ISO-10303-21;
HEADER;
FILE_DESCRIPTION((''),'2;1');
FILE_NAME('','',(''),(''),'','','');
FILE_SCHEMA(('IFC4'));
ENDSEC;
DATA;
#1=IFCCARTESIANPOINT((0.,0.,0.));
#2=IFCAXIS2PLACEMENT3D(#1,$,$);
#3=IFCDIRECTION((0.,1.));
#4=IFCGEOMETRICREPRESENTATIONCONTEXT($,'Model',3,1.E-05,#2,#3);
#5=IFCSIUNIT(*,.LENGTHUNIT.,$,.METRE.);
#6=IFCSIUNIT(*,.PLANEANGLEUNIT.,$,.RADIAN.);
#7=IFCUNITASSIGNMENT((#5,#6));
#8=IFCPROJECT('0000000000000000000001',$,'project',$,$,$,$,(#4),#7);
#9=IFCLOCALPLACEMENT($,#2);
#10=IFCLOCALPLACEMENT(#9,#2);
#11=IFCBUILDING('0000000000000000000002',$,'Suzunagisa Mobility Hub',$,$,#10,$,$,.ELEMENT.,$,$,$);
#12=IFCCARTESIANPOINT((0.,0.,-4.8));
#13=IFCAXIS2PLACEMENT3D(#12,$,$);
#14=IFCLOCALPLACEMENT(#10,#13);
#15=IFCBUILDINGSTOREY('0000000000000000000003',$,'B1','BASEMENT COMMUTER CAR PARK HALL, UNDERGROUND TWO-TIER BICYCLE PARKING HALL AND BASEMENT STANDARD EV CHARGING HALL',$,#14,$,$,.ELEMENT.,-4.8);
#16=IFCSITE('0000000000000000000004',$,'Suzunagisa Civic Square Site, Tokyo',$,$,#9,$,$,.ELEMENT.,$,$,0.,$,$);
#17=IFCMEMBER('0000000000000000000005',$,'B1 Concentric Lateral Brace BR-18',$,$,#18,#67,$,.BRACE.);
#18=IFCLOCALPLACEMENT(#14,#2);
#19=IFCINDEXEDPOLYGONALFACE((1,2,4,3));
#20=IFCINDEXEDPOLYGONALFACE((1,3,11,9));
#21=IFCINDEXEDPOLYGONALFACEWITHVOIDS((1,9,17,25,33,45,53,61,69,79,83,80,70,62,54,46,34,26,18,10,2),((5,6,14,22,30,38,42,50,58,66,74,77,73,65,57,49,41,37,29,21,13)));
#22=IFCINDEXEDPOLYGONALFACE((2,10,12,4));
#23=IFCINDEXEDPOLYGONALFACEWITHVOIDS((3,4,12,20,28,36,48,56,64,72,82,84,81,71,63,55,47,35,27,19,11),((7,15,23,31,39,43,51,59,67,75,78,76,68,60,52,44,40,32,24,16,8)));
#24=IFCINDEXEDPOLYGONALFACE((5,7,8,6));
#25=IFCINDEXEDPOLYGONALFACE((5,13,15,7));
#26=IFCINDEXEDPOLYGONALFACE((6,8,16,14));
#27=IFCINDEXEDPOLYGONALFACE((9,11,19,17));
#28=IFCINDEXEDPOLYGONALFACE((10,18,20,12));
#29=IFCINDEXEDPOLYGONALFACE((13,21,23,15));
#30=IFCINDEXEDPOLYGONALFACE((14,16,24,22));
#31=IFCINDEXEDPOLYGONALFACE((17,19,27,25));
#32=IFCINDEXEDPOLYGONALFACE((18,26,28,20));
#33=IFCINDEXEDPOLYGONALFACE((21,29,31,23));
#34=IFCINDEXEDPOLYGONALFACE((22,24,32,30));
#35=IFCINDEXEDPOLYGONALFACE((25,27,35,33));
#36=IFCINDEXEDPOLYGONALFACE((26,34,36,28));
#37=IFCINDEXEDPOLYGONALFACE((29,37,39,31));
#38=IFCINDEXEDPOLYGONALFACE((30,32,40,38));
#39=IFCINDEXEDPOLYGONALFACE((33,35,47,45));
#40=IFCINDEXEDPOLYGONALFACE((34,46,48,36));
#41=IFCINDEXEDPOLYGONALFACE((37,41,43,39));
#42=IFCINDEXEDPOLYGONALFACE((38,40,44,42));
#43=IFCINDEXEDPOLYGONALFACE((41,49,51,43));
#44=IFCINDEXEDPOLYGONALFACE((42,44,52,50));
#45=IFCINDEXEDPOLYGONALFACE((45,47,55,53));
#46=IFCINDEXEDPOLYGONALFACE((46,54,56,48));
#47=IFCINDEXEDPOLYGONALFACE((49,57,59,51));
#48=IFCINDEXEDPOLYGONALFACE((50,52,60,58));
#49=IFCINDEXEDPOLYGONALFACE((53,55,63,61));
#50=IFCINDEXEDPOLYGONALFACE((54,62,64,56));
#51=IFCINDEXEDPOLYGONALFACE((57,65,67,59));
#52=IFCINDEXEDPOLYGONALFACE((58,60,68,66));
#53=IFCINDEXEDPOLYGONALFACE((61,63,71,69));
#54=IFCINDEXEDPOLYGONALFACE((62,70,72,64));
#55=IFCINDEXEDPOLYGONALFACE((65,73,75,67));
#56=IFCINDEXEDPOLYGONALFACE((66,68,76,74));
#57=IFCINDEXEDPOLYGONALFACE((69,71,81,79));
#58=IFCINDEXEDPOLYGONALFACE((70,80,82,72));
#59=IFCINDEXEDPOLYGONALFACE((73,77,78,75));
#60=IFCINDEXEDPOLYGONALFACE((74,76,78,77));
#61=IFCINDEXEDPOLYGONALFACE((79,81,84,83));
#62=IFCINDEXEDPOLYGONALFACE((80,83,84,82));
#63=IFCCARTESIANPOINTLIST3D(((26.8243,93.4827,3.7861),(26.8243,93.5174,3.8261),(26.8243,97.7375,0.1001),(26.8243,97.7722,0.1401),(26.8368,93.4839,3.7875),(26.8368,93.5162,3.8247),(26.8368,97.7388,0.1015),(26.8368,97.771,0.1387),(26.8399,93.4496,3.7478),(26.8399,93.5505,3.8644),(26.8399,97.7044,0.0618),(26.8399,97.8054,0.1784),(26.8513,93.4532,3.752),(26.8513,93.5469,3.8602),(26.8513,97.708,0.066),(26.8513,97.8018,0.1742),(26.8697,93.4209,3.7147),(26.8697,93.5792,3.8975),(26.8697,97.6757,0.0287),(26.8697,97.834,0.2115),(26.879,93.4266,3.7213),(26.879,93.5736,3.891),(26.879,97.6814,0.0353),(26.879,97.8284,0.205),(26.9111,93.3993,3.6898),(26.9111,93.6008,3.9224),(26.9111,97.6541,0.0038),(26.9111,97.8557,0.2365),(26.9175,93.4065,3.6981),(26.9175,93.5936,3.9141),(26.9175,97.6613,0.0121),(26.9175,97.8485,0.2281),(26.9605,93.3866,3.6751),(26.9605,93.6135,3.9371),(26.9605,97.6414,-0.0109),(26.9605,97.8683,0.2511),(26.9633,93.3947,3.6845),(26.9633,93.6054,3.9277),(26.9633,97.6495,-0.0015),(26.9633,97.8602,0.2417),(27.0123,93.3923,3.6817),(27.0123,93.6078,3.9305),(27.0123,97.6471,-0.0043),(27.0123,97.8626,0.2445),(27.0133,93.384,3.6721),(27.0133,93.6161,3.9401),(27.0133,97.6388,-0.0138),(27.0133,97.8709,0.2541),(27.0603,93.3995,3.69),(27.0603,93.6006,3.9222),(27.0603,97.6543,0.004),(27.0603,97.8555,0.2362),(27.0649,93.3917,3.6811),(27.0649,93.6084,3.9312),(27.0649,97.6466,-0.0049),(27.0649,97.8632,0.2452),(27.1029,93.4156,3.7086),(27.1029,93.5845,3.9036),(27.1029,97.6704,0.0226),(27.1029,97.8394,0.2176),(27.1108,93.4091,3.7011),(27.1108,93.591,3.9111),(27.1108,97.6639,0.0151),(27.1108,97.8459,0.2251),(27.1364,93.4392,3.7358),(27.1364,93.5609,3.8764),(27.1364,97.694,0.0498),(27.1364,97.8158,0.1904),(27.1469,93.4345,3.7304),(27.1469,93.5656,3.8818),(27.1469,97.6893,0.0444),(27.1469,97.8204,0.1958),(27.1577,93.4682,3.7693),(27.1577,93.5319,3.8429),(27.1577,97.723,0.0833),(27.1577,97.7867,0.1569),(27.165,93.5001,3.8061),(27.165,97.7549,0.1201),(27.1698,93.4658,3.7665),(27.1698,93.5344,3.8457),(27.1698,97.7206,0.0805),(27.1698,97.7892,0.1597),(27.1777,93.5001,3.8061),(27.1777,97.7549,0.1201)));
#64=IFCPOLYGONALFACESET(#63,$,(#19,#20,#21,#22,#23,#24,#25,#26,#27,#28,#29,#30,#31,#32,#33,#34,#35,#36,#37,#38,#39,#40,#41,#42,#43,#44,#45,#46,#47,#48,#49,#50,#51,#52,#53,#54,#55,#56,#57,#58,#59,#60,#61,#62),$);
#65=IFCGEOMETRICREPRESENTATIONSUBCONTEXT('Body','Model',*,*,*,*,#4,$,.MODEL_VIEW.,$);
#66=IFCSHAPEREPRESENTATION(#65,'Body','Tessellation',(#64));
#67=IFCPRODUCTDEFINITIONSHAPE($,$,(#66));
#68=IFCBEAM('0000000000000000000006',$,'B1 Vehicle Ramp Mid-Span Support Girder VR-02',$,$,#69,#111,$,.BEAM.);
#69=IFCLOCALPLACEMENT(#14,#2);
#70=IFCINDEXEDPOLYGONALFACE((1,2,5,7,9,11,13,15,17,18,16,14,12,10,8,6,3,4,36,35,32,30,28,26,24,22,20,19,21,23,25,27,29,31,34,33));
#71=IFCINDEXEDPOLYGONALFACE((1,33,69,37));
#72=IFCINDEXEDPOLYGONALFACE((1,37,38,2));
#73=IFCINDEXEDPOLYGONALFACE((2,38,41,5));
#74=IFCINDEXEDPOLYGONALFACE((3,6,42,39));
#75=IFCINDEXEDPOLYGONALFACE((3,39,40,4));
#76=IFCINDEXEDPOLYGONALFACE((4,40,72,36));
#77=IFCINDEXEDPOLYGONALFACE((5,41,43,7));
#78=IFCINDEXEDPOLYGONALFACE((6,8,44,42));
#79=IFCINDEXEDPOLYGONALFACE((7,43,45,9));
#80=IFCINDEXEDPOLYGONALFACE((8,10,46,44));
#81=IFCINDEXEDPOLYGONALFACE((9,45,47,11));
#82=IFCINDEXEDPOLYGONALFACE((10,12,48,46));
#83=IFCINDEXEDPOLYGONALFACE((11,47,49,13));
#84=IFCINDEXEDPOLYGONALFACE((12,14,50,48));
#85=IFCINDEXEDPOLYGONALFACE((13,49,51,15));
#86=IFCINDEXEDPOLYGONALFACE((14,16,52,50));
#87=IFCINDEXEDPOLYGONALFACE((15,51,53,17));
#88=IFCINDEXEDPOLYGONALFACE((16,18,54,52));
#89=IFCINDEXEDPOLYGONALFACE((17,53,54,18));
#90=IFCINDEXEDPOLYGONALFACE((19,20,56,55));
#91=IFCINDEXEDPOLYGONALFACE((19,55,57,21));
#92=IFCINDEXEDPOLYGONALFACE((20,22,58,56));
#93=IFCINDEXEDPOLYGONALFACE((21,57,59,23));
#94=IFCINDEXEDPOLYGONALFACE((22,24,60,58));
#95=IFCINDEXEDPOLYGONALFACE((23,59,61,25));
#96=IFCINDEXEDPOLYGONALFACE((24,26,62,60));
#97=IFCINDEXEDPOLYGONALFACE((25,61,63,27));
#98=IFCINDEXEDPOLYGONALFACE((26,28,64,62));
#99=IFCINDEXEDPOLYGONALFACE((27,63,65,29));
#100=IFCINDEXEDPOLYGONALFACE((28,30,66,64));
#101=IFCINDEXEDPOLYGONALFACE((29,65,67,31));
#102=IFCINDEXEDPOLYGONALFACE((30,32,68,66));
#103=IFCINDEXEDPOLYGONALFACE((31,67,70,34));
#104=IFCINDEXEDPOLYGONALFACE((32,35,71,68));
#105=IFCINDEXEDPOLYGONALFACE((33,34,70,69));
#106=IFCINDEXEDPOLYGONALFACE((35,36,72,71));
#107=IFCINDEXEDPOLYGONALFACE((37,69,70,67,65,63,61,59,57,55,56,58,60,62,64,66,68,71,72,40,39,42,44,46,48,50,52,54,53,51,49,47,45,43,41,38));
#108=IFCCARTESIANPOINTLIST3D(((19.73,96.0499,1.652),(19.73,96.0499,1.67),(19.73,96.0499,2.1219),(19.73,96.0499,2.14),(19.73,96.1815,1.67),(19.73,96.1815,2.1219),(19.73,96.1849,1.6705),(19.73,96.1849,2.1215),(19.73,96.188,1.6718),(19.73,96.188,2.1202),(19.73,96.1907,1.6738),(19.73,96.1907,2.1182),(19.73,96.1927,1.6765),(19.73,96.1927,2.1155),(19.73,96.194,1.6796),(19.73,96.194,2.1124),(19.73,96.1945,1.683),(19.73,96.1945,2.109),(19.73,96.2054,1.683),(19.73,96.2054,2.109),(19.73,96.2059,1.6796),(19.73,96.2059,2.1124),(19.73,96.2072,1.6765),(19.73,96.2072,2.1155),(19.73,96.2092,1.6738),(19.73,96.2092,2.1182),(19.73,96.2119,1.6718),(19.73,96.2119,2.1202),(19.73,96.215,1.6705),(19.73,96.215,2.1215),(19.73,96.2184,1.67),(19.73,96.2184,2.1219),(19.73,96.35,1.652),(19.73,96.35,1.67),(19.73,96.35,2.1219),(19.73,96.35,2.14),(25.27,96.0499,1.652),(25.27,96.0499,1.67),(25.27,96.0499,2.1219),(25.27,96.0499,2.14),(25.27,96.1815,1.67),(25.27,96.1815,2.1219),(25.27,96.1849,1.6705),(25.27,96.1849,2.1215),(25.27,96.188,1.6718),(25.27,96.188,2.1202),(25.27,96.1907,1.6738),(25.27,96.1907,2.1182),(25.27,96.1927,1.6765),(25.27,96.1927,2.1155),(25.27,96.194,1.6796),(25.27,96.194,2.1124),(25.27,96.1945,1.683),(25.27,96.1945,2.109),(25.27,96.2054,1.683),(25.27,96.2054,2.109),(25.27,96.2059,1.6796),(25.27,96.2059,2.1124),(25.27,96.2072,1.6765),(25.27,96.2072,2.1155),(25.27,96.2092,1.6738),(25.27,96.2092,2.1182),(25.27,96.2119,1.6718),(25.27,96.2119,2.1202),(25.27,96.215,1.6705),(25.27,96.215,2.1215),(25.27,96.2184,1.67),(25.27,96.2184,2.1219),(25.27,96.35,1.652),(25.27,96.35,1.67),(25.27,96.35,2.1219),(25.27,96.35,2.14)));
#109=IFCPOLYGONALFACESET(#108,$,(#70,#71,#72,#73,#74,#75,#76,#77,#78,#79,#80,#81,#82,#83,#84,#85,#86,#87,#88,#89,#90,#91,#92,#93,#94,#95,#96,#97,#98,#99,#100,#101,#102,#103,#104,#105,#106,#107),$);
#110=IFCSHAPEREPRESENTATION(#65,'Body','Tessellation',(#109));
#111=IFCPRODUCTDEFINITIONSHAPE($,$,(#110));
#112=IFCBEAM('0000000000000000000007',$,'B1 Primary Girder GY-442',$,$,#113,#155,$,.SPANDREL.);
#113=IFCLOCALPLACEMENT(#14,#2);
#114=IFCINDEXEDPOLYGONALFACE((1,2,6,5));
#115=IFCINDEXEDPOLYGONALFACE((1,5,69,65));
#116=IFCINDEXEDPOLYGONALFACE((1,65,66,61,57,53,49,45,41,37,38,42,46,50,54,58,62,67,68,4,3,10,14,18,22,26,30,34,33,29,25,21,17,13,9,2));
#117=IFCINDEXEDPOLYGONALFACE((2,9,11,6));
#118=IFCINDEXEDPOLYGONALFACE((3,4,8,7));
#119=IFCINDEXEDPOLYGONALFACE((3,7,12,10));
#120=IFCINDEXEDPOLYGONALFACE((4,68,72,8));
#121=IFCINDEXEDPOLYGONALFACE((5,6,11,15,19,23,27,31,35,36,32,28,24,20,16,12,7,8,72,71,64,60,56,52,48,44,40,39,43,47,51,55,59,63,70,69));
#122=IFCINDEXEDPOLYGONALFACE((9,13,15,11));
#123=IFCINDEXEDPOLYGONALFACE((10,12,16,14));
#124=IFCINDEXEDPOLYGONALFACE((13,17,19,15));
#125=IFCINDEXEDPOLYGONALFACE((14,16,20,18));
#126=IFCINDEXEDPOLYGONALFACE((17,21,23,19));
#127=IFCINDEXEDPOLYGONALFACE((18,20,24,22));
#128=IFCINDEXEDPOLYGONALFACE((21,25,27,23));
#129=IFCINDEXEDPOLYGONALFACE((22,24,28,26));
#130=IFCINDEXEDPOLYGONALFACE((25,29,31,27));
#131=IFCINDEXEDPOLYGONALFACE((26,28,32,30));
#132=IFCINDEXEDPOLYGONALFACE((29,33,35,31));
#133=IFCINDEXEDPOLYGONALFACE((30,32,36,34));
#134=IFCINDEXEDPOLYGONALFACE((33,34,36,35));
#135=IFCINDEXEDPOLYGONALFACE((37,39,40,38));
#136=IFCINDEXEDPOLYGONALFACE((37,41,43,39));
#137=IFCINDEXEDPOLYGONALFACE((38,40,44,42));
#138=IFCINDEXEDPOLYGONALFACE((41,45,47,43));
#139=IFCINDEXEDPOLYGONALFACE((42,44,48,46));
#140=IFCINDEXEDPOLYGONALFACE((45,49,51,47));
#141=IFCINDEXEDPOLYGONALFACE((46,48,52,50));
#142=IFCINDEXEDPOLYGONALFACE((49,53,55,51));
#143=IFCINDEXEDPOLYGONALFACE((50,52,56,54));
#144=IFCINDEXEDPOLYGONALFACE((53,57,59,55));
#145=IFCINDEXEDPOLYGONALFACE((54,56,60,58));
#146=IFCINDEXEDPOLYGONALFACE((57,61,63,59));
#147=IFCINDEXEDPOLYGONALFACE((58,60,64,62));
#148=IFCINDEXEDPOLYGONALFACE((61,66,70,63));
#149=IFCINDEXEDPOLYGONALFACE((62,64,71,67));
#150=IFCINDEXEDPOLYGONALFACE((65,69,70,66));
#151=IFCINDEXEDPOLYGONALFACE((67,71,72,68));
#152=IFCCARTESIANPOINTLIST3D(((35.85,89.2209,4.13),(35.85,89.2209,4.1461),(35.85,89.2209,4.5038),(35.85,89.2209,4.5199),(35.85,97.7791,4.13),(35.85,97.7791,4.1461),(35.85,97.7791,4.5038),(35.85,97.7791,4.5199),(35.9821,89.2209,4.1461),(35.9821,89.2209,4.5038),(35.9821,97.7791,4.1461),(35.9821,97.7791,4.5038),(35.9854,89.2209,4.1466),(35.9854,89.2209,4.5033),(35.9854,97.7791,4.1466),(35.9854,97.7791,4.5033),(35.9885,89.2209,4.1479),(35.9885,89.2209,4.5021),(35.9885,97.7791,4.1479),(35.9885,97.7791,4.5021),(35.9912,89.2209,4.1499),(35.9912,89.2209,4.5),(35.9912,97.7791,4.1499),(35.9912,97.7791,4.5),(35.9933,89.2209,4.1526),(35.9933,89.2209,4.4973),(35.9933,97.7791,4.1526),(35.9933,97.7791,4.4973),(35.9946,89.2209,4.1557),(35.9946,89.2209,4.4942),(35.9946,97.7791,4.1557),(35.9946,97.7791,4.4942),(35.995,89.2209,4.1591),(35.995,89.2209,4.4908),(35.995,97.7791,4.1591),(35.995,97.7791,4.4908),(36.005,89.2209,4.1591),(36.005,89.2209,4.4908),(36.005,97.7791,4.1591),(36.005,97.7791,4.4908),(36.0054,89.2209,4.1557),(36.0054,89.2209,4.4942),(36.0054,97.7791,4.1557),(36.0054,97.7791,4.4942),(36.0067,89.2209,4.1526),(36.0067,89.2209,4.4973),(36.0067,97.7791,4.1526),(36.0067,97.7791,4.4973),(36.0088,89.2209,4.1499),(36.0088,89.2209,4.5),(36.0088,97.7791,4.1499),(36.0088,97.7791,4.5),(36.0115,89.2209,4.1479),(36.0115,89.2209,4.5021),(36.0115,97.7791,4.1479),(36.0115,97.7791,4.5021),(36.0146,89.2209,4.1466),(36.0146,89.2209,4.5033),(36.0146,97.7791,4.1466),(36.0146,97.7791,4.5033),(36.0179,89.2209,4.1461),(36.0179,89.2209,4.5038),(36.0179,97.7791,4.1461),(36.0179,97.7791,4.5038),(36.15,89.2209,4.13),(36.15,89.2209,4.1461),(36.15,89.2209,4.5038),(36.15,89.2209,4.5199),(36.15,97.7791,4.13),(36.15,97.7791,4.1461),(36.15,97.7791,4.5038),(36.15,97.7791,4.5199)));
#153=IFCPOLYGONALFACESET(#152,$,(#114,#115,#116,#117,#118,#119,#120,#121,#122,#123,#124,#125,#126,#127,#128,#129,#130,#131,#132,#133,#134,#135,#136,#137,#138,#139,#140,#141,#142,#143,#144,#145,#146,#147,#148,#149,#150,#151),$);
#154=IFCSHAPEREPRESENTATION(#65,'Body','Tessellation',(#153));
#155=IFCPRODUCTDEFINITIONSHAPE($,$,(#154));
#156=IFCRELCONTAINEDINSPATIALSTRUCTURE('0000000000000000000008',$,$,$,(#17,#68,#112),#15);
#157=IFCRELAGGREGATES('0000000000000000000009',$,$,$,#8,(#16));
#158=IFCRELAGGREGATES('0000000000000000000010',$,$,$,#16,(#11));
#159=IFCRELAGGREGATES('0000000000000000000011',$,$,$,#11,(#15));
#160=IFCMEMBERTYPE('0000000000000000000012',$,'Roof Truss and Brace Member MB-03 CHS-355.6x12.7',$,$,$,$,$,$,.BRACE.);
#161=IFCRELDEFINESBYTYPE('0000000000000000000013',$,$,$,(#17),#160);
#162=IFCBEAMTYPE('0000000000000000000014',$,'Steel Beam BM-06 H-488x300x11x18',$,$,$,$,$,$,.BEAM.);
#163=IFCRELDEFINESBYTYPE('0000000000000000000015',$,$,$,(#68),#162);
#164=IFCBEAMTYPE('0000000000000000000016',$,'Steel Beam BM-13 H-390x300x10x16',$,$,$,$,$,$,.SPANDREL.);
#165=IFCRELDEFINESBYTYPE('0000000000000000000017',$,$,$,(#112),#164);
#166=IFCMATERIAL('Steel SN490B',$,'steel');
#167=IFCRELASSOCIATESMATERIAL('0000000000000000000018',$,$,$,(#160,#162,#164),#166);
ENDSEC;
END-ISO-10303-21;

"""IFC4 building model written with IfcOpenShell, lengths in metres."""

from ifc_helpers import new_model, si_unit, direction, frame, origin, origin_2d, place, context, subcontext, project, spatial, hollow_circle, i_section, extrude, material, material_profile, profile_set, type_object, element, save


model = new_model("IFC4")

# Units and contexts
model_context = context("Model", 3, precision=1e-05, world=origin(), true_north=direction((0.0, 1.0)))
body_context = subcontext(model_context, "Body", "Model", "MODEL_VIEW")
ifc_project = project(units=[si_unit("LENGTHUNIT", "METRE"), si_unit("PLANEANGLEUNIT", "RADIAN")], contexts=[model_context])

# Site, building, storey
site_placement = place(None, origin())
site = spatial("IfcSite", under=ifc_project, at=site_placement, Name="Suzunagisa Civic Square Site, Tokyo", CompositionType="ELEMENT", RefElevation=0.0)
building_placement = place(site_placement, origin())
building = spatial("IfcBuilding", under=site, at=building_placement, Name="Suzunagisa Mobility Hub", CompositionType="ELEMENT")
storey_placement = place(building_placement, frame((0.0, 0.0, -4.8)))
storey = spatial("IfcBuildingStorey", under=building, at=storey_placement, Name="B1", Description="BASEMENT COMMUTER CAR PARK HALL, UNDERGROUND TWO-TIER BICYCLE PARKING HALL AND BASEMENT STANDARD EV CHARGING HALL", CompositionType="ELEMENT", Elevation=-4.8)

# Shared definitions
ifc_material_1 = material(Name="Steel SN490B", Category="steel")

# Member
ifc_material_profile_1 = material_profile(ifc_material_1, hollow_circle(Radius=0.1777, WallThickness=0.0127, at=origin_2d()), Name="CHS-355.6x12.7")
ifc_profile_set_1 = profile_set([ifc_material_profile_1], Name="Steel SN490B")
member_type = type_object("IfcMemberType", Name="Roof Truss and Brace Member MB-03 CHS-355.6x12.7", PredefinedType="BRACE", material=ifc_profile_set_1)
for number, where, z_axis, x_axis, name in (
    (1, (27.0, 97.7549, 0.1201), (0.0, -0.755824, 0.654775), (1.0, 0.0, 0.0), "B1 Concentric Lateral Brace BR-18"),
):
    element("IfcMember", number, at=place(storey_placement, frame(where, z_axis=z_axis, x_axis=x_axis)), inside=storey, type_object=member_type, Name=name, PredefinedType="BRACE", context=body_context, shape_type="SweptSolid", body=[
        extrude(hollow_circle(Radius=0.1777, WallThickness=0.0127, at=origin_2d()), origin(), (0.0, 0.0, 1.0), 5.6294),
    ])

# Beams
ifc_material_profile_2 = material_profile(ifc_material_1, i_section(OverallWidth=0.3, OverallDepth=0.488, WebThickness=0.011, FlangeThickness=0.0181, FilletRadius=0.0129, at=origin_2d()), Name="H-488x300x11x18")
ifc_profile_set_2 = profile_set([ifc_material_profile_2], Name="Steel SN490B")
beam_type_1 = type_object("IfcBeamType", Name="Steel Beam BM-06 H-488x300x11x18", PredefinedType="BEAM", material=ifc_profile_set_2)
beam_1_placement = place(storey_placement, frame((19.73, 96.2, 1.896), z_axis=(1.0, 0.0, 0.0), x_axis=(0.0, 1.0, 0.0)))
element("IfcBeam", 2, at=beam_1_placement, inside=storey, type_object=beam_type_1, Name="B1 Vehicle Ramp Mid-Span Support Girder VR-02", PredefinedType="BEAM", context=body_context, shape_type="SweptSolid", body=[
    extrude(i_section(OverallWidth=0.3, OverallDepth=0.488, WebThickness=0.011, FlangeThickness=0.0181, FilletRadius=0.0129, at=origin_2d()), origin(), (0.0, 0.0, 1.0), 5.54),
])
ifc_material_profile_3 = material_profile(ifc_material_1, i_section(OverallWidth=0.3, OverallDepth=0.3899, WebThickness=0.01, FlangeThickness=0.0161, FilletRadius=0.0129, at=origin_2d()), Name="H-390x300x10x16")
ifc_profile_set_3 = profile_set([ifc_material_profile_3], Name="Steel SN490B")
beam_type_2 = type_object("IfcBeamType", Name="Steel Beam BM-13 H-390x300x10x16", PredefinedType="SPANDREL", material=ifc_profile_set_3)
beam_2_placement = place(storey_placement, frame((36.0, 89.2209, 4.325), z_axis=(0.0, 1.0, 0.0), x_axis=(-1.0, 0.0, 0.0)))
element("IfcBeam", 3, at=beam_2_placement, inside=storey, type_object=beam_type_2, Name="B1 Primary Girder GY-442", PredefinedType="SPANDREL", context=body_context, shape_type="SweptSolid", body=[
    extrude(i_section(OverallWidth=0.3, OverallDepth=0.3899, WebThickness=0.01, FlangeThickness=0.0161, FilletRadius=0.0129, at=origin_2d()), origin(), (0.0, 0.0, 1.0), 8.5581),
])

save(model, "model.ifc")
